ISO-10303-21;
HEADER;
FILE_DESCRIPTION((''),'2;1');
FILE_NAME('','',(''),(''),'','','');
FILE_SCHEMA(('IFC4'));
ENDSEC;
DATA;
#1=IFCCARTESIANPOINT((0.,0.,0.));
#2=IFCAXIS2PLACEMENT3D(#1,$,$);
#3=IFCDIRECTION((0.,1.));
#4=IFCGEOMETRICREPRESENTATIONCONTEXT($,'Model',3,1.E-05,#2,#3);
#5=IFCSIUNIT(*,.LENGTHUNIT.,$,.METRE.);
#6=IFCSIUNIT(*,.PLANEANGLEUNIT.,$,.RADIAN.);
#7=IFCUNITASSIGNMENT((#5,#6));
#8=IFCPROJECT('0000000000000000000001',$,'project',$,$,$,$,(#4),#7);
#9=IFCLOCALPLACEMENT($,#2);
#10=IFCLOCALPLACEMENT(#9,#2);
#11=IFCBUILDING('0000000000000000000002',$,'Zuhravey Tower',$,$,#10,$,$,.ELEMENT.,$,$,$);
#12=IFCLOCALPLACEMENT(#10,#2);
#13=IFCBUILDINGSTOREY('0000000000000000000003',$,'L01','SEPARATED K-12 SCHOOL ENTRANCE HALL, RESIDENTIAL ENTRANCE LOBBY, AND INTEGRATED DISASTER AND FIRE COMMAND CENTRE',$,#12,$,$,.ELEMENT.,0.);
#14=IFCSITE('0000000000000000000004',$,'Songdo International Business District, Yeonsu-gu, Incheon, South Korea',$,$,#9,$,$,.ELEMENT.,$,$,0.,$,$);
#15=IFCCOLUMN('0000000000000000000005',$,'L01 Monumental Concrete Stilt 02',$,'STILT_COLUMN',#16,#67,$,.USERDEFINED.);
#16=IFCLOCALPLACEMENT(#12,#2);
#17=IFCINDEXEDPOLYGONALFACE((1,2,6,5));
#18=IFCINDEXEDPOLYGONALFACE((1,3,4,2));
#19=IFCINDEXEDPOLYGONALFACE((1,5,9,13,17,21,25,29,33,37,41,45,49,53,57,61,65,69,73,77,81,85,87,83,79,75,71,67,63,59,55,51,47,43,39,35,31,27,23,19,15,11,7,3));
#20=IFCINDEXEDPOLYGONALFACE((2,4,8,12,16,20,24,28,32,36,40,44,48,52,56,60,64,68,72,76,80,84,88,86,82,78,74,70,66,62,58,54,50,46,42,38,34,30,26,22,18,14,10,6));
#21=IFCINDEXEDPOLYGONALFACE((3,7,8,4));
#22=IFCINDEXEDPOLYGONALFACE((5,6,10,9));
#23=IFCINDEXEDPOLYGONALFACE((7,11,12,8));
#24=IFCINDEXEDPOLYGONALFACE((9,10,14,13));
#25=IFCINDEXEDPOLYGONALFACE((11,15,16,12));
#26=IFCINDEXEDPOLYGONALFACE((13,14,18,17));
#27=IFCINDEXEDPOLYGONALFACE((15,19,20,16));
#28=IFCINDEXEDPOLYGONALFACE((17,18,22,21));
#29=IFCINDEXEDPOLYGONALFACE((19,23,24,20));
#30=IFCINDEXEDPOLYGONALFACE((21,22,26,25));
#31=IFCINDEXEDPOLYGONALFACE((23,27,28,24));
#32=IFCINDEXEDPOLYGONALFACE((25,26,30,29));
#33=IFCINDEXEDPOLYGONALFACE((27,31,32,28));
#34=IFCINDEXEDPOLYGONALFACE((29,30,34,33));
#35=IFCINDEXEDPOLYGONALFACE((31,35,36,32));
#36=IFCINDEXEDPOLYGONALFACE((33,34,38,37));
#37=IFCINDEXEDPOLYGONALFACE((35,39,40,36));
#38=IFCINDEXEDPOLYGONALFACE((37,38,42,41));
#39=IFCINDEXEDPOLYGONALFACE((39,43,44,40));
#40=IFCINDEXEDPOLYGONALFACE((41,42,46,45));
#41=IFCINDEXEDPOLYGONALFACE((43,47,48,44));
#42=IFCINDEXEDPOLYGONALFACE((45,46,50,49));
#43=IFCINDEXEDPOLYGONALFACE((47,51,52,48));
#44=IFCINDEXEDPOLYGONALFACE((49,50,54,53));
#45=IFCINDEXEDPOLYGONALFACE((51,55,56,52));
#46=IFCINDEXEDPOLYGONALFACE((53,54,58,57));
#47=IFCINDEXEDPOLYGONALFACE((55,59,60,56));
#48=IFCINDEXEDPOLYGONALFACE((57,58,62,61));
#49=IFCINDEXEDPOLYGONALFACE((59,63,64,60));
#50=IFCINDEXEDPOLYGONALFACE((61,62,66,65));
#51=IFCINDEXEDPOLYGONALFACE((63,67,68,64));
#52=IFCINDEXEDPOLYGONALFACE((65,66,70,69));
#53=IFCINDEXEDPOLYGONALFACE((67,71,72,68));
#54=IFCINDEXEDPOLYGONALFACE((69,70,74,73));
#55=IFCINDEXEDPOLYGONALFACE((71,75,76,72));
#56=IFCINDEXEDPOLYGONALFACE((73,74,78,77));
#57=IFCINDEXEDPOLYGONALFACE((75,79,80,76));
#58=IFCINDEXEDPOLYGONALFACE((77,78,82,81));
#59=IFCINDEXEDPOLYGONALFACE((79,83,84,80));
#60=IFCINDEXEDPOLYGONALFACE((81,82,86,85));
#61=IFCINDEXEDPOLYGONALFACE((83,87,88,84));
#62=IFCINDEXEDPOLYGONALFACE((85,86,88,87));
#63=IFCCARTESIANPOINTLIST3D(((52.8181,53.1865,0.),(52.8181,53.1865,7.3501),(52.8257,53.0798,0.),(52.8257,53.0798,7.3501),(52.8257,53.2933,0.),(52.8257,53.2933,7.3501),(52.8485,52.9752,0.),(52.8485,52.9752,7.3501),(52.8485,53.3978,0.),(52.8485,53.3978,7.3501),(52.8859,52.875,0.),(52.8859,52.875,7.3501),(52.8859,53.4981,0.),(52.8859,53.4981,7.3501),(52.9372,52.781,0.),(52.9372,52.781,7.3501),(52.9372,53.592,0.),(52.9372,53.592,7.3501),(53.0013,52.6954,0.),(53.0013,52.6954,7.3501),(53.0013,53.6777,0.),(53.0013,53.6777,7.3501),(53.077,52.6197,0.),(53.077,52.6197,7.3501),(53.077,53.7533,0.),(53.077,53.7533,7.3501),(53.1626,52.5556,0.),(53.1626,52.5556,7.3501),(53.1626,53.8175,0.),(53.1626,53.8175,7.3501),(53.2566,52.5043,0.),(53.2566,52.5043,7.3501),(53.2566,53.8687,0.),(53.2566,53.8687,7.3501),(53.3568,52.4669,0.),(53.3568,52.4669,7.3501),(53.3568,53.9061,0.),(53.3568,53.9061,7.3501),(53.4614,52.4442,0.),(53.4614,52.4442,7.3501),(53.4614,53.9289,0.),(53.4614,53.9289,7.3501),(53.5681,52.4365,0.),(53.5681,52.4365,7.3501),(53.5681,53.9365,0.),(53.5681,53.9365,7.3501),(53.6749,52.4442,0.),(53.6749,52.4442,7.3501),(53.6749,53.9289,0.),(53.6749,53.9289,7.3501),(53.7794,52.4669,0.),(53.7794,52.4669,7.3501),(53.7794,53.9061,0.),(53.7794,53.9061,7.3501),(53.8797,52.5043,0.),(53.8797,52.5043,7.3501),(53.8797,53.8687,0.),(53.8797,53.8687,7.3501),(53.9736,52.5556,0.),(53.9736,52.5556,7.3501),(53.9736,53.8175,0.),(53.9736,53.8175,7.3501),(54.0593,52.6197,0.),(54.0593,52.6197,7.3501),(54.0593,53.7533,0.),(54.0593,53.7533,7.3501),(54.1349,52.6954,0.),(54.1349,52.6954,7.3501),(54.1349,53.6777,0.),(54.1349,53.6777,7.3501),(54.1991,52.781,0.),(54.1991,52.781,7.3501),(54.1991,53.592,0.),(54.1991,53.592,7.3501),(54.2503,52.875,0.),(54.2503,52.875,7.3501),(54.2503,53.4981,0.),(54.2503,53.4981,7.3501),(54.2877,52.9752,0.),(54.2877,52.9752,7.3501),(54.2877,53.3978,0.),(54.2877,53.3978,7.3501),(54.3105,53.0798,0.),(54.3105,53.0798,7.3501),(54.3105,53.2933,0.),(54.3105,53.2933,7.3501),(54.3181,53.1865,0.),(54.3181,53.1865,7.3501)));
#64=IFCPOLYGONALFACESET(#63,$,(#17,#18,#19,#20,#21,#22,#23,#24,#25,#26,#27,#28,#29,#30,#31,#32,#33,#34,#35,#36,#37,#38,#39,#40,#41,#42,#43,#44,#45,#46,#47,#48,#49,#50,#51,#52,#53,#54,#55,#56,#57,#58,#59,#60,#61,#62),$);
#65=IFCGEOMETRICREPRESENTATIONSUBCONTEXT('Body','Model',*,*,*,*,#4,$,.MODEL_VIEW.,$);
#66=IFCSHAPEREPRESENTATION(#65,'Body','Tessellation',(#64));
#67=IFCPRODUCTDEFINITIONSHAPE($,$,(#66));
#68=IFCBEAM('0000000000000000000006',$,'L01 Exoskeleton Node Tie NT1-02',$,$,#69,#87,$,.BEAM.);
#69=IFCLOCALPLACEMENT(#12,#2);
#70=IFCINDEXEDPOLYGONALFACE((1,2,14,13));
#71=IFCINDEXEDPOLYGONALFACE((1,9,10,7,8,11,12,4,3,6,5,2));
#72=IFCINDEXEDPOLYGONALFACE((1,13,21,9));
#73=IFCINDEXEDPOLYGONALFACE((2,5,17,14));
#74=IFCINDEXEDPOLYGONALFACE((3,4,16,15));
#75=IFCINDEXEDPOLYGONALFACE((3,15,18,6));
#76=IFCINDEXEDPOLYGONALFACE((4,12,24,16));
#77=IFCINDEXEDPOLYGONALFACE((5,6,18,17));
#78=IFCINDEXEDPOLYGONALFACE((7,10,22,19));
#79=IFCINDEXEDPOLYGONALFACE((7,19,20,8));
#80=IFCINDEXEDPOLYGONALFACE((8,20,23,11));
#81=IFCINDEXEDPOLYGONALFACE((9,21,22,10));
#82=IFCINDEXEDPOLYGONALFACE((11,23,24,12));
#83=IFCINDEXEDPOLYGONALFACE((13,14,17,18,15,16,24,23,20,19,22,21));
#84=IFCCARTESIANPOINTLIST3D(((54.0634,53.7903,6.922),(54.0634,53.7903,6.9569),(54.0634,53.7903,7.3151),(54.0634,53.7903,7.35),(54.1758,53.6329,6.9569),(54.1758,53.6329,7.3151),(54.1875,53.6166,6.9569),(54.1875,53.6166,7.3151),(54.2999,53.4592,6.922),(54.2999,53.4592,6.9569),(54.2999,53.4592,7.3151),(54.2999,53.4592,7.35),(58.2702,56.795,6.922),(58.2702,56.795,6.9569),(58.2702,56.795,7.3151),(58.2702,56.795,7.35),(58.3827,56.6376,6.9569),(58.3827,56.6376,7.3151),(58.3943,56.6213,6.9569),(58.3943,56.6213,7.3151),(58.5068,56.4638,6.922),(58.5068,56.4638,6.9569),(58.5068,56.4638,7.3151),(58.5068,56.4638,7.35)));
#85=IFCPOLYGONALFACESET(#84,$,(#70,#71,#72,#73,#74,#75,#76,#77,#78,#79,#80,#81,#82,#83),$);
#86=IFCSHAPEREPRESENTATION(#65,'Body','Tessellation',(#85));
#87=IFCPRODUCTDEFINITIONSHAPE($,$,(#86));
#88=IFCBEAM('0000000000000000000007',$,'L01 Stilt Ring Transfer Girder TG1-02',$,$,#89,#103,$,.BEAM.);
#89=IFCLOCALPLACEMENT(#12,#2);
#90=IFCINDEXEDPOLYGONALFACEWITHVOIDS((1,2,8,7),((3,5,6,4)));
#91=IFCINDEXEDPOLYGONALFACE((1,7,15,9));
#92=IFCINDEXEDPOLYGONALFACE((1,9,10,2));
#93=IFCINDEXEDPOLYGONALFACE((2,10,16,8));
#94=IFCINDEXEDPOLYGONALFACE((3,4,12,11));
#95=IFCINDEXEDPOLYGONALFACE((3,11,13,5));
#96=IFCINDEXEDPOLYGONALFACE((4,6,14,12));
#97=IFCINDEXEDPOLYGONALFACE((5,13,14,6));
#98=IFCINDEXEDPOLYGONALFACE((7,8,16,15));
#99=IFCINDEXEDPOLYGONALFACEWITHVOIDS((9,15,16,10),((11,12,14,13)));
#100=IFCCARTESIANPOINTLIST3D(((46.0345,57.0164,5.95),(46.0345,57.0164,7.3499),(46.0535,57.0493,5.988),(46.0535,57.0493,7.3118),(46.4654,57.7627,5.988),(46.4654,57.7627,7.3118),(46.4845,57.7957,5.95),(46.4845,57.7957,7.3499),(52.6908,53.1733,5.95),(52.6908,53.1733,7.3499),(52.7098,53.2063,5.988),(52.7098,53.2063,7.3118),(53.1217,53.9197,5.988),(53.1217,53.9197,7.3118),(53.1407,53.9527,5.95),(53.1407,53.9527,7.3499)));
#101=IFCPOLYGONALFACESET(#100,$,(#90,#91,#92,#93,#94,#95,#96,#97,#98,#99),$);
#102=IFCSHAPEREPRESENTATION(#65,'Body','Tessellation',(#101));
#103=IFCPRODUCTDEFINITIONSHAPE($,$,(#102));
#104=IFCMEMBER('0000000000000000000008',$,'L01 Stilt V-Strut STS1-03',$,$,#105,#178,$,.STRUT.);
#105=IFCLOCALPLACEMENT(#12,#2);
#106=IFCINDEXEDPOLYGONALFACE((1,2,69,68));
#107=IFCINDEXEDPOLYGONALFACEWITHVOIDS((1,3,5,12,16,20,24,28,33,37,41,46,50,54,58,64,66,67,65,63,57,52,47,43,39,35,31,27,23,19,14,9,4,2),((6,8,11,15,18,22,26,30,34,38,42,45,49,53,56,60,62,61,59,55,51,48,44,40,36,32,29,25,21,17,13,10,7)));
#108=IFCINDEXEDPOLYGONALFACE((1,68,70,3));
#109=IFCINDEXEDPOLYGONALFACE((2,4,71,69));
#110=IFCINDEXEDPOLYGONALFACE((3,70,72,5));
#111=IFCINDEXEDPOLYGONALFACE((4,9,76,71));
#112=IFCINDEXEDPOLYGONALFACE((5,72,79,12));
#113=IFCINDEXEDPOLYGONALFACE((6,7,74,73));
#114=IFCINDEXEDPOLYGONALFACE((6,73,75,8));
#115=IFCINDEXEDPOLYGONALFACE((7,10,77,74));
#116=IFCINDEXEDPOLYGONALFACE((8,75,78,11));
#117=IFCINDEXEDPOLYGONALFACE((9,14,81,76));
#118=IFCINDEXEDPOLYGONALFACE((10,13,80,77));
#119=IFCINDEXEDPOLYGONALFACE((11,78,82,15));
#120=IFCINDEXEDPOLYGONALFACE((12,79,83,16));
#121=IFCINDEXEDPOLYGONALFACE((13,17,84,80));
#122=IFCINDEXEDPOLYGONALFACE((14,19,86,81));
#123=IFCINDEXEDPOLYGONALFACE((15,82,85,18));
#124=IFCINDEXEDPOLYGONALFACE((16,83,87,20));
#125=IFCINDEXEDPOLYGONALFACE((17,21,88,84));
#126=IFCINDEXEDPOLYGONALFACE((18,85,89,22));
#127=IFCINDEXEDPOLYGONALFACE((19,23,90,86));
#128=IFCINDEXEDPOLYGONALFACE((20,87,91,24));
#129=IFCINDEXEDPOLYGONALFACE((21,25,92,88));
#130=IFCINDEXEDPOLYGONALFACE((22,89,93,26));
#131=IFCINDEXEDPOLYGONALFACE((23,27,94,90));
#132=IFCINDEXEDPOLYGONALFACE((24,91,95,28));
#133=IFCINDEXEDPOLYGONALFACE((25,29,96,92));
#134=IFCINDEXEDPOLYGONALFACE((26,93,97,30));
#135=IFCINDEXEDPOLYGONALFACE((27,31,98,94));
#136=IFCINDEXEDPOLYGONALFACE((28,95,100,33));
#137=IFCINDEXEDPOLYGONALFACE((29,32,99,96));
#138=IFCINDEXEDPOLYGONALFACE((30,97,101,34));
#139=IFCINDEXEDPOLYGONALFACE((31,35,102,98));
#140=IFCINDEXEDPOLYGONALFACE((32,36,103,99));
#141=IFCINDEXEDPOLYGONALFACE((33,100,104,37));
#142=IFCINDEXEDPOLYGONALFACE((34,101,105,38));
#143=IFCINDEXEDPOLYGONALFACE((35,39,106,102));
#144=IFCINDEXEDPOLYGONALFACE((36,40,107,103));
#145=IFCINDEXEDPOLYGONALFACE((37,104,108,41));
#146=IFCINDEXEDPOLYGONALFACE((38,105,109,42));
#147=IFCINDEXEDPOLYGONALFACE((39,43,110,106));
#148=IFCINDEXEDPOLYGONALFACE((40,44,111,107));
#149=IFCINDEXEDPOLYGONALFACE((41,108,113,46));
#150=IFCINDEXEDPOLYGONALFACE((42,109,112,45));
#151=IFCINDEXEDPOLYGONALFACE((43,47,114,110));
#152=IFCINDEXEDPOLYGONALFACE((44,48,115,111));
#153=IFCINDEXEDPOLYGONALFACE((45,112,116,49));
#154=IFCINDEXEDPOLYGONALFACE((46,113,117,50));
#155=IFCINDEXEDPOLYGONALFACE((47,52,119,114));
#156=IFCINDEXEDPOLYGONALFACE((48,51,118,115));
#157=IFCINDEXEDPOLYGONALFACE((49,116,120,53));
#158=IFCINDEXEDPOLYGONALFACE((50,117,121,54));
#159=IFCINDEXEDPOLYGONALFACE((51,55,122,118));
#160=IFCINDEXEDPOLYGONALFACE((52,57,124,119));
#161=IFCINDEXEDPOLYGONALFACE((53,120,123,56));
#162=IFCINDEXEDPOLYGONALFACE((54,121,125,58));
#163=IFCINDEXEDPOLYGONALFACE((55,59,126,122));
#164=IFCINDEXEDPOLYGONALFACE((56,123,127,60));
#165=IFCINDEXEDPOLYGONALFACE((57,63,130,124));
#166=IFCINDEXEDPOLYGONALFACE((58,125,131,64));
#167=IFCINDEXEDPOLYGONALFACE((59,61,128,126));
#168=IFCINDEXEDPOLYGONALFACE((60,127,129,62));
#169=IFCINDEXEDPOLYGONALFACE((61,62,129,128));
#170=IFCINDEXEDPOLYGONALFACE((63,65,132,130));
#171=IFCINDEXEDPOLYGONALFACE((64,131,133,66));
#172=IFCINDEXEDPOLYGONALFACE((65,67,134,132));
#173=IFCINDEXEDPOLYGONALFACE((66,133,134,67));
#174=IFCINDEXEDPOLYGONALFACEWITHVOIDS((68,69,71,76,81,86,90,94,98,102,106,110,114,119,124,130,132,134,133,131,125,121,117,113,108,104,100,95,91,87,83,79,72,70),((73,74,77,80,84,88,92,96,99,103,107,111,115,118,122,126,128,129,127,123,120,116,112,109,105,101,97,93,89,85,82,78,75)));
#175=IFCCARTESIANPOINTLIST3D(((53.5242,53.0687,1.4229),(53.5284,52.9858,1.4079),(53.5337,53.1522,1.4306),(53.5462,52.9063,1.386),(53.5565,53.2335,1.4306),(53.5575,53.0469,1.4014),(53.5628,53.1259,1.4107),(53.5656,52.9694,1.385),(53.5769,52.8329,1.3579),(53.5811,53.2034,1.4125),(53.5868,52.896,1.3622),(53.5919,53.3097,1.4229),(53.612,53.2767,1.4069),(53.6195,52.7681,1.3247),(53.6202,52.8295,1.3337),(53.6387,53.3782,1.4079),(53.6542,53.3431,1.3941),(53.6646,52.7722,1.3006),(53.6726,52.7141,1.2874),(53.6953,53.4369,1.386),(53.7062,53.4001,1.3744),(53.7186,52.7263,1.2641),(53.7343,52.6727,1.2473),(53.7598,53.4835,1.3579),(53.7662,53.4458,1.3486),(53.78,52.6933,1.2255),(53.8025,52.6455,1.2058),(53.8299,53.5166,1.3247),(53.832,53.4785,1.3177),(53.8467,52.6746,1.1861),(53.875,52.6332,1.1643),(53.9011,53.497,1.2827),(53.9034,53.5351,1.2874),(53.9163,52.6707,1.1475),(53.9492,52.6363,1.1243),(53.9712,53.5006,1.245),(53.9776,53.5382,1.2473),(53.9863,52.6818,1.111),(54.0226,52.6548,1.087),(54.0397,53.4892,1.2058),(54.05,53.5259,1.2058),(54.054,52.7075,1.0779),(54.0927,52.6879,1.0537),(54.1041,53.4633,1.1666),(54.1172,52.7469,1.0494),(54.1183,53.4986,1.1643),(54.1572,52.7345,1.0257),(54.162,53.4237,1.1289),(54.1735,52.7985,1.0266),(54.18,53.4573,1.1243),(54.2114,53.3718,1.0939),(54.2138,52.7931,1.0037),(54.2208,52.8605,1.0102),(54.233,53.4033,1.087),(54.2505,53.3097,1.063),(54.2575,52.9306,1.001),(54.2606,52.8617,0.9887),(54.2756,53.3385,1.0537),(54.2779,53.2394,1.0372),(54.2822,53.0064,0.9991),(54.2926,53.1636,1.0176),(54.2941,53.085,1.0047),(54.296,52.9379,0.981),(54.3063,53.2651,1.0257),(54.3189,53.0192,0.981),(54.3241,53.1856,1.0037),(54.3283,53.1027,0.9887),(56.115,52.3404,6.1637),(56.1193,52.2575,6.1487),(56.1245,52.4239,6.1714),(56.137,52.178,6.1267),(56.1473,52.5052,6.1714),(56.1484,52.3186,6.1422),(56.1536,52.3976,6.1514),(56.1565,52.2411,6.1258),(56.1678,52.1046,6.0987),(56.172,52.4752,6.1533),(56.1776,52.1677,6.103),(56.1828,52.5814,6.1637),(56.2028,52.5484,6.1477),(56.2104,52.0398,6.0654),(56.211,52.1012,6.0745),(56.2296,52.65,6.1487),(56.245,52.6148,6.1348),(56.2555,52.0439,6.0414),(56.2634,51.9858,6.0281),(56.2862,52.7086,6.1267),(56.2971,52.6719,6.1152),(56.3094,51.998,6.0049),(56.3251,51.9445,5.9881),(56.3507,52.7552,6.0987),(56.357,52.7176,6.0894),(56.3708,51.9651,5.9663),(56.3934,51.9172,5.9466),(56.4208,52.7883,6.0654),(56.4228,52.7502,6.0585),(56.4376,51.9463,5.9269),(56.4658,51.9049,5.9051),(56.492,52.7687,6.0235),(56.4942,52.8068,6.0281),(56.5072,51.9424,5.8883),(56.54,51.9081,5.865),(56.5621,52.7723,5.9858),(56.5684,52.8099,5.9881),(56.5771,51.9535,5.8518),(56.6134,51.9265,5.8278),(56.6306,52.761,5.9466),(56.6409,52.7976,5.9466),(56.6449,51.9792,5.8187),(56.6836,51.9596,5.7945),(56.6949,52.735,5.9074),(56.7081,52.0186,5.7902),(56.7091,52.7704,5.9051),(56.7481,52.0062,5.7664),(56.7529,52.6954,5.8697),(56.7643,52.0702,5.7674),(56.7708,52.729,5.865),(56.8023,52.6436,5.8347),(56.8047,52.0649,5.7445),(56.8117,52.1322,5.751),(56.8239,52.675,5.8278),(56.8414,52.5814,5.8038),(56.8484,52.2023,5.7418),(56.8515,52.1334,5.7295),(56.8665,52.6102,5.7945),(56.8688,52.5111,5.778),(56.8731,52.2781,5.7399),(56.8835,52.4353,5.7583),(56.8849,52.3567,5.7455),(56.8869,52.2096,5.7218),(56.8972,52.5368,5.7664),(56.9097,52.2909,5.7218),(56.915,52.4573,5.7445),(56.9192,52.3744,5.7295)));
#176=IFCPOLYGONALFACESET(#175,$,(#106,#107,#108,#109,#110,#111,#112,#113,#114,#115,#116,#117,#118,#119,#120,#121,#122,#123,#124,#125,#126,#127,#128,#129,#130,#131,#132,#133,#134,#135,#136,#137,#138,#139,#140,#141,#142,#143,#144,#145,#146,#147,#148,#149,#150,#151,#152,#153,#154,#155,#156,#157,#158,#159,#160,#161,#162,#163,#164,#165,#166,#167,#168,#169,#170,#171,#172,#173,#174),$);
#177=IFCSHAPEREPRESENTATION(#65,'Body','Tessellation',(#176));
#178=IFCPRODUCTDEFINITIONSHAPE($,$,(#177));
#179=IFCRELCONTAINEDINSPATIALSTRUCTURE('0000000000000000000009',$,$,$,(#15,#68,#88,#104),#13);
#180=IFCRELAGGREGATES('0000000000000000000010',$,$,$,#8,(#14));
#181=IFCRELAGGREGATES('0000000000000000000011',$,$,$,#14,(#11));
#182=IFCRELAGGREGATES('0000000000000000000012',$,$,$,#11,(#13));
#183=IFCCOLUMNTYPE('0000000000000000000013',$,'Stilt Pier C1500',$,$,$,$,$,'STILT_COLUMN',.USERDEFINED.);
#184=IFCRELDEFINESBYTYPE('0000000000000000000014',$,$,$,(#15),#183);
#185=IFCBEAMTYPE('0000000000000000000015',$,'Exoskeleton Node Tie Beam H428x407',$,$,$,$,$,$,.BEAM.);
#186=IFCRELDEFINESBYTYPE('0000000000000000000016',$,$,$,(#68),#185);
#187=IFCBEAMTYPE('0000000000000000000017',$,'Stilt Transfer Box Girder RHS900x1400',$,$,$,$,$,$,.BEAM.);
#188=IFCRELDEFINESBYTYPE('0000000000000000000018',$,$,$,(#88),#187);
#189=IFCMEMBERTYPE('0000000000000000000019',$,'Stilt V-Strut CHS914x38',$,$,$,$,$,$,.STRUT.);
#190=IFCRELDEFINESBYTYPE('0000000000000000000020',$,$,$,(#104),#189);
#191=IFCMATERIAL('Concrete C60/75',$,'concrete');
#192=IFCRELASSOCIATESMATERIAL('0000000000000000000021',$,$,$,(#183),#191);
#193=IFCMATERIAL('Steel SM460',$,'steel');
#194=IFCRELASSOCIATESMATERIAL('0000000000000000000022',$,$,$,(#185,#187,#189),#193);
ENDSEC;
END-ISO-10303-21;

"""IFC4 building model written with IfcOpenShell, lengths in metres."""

from ifc_helpers import new_model, si_unit, direction, frame, origin, origin_2d, place, context, subcontext, project, spatial, hollow_rectangle, circle, hollow_circle, i_section, extrude, material, material_profile, profile_set, type_object, element, save


model = new_model("IFC4")

# Units and contexts
model_context = context("Model", 3, precision=1e-05, world=origin(), true_north=direction((0.0, 1.0)))
body_context = subcontext(model_context, "Body", "Model", "MODEL_VIEW")
ifc_project = project(units=[si_unit("LENGTHUNIT", "METRE"), si_unit("PLANEANGLEUNIT", "RADIAN")], contexts=[model_context])

# Site, building, storey
site_placement = place(None, origin())
site = spatial("IfcSite", under=ifc_project, at=site_placement, Name="Songdo International Business District, Yeonsu-gu, Incheon, South Korea", CompositionType="ELEMENT", RefElevation=0.0)
building_placement = place(site_placement, origin())
building = spatial("IfcBuilding", under=site, at=building_placement, Name="Zuhravey Tower", CompositionType="ELEMENT")
storey_placement = place(building_placement, origin())
storey = spatial("IfcBuildingStorey", under=building, at=storey_placement, Name="L01", Description="SEPARATED K-12 SCHOOL ENTRANCE HALL, RESIDENTIAL ENTRANCE LOBBY, AND INTEGRATED DISASTER AND FIRE COMMAND CENTRE", CompositionType="ELEMENT", Elevation=0.0)

# Column
ifc_material_1 = material(Name="Concrete C60/75", Category="concrete")
ifc_material_profile_1 = material_profile(ifc_material_1, circle(Radius=0.75, at=origin_2d()), Name="RC-CIRC-1500")
ifc_profile_set_1 = profile_set([ifc_material_profile_1], Name="Concrete C60/75")
column_type_1 = type_object("IfcColumnType", Name="Stilt Pier C1500", ElementType="STILT_COLUMN", PredefinedType="USERDEFINED", material=ifc_profile_set_1)
column_placement = place(storey_placement, frame((53.5681, 53.1865, 0.0), z_axis=(0.0, 0.0, 1.0), x_axis=(1.0, 0.0, 0.0)))
element("IfcColumn", 1, at=column_placement, inside=storey, type_object=column_type_1, Name="L01 Monumental Concrete Stilt 02", ObjectType="STILT_COLUMN", PredefinedType="USERDEFINED", context=body_context, shape_type="SweptSolid", body=[
    extrude(circle(Radius=0.75, at=origin_2d()), origin(), (0.0, 0.0, 1.0), 7.3501),
])

# Beams
ifc_material_2 = material(Name="Steel SM460", Category="steel")
ifc_material_profile_2 = material_profile(ifc_material_2, i_section(OverallWidth=0.407, OverallDepth=0.428, WebThickness=0.02, FlangeThickness=0.0349, at=origin_2d()), Name="H-428x407x20x35")
ifc_profile_set_2 = profile_set([ifc_material_profile_2], Name="Steel SM460")
beam_type_1 = type_object("IfcBeamType", Name="Exoskeleton Node Tie Beam H428x407", PredefinedType="BEAM", material=ifc_profile_set_2)
beam_1_placement = place(storey_placement, frame((54.1816, 53.6248, 7.136), z_axis=(0.813753, 0.581211, 0.0), x_axis=(-0.581211, 0.813753, 0.0)))
element("IfcBeam", 2, at=beam_1_placement, inside=storey, type_object=beam_type_1, Name="L01 Exoskeleton Node Tie NT1-02", PredefinedType="BEAM", context=body_context, shape_type="SweptSolid", body=[
    extrude(i_section(OverallWidth=0.407, OverallDepth=0.428, WebThickness=0.02, FlangeThickness=0.0349, at=origin_2d()), origin(), (0.0, 0.0, 1.0), 5.1697),
])
ifc_material_profile_3 = material_profile(ifc_material_2, hollow_rectangle(XDim=0.8999, YDim=1.3999, WallThickness=0.0381, at=origin_2d()), Name="RHS-900x1400x38")
ifc_profile_set_3 = profile_set([ifc_material_profile_3], Name="Steel SM460")
beam_type_2 = type_object("IfcBeamType", Name="Stilt Transfer Box Girder RHS900x1400", PredefinedType="BEAM", material=ifc_profile_set_3)
beam_2_placement = place(storey_placement, frame((52.9158, 53.563, 6.6499), z_axis=(-0.866024, 0.500003, 0.0), x_axis=(-0.500003, -0.866024, 0.0)))
element("IfcBeam", 3, at=beam_2_placement, inside=storey, type_object=beam_type_2, Name="L01 Stilt Ring Transfer Girder TG1-02", PredefinedType="BEAM", context=body_context, shape_type="SweptSolid", body=[
    extrude(hollow_rectangle(XDim=0.8999, YDim=1.3999, WallThickness=0.0381, at=origin_2d()), origin(), (0.0, 0.0, 1.0), 7.686),
])

# Member
ifc_material_profile_4 = material_profile(ifc_material_2, hollow_circle(Radius=0.4573, WallThickness=0.0381, at=origin_2d()), Name="CHS-914.4x38")
ifc_profile_set_4 = profile_set([ifc_material_profile_4], Name="Steel SM460")
member_type = type_object("IfcMemberType", Name="Stilt V-Strut CHS914x38", PredefinedType="STRUT", material=ifc_profile_set_4)
member_1_placement = place(storey_placement, frame((53.9263, 53.0857, 1.2058), z_axis=(0.475262, -0.133595, 0.869642), x_axis=(0.270609, 0.962689, 0.0)))
element("IfcMember", 4, at=member_1_placement, inside=storey, type_object=member_type, Name="L01 Stilt V-Strut STS1-03", PredefinedType="STRUT", context=body_context, shape_type="SweptSolid", body=[
    extrude(hollow_circle(Radius=0.4573, WallThickness=0.0381, at=origin_2d()), origin(), (0.0, 0.0, 1.0), 5.4514),
])

save(model, "model.ifc")
